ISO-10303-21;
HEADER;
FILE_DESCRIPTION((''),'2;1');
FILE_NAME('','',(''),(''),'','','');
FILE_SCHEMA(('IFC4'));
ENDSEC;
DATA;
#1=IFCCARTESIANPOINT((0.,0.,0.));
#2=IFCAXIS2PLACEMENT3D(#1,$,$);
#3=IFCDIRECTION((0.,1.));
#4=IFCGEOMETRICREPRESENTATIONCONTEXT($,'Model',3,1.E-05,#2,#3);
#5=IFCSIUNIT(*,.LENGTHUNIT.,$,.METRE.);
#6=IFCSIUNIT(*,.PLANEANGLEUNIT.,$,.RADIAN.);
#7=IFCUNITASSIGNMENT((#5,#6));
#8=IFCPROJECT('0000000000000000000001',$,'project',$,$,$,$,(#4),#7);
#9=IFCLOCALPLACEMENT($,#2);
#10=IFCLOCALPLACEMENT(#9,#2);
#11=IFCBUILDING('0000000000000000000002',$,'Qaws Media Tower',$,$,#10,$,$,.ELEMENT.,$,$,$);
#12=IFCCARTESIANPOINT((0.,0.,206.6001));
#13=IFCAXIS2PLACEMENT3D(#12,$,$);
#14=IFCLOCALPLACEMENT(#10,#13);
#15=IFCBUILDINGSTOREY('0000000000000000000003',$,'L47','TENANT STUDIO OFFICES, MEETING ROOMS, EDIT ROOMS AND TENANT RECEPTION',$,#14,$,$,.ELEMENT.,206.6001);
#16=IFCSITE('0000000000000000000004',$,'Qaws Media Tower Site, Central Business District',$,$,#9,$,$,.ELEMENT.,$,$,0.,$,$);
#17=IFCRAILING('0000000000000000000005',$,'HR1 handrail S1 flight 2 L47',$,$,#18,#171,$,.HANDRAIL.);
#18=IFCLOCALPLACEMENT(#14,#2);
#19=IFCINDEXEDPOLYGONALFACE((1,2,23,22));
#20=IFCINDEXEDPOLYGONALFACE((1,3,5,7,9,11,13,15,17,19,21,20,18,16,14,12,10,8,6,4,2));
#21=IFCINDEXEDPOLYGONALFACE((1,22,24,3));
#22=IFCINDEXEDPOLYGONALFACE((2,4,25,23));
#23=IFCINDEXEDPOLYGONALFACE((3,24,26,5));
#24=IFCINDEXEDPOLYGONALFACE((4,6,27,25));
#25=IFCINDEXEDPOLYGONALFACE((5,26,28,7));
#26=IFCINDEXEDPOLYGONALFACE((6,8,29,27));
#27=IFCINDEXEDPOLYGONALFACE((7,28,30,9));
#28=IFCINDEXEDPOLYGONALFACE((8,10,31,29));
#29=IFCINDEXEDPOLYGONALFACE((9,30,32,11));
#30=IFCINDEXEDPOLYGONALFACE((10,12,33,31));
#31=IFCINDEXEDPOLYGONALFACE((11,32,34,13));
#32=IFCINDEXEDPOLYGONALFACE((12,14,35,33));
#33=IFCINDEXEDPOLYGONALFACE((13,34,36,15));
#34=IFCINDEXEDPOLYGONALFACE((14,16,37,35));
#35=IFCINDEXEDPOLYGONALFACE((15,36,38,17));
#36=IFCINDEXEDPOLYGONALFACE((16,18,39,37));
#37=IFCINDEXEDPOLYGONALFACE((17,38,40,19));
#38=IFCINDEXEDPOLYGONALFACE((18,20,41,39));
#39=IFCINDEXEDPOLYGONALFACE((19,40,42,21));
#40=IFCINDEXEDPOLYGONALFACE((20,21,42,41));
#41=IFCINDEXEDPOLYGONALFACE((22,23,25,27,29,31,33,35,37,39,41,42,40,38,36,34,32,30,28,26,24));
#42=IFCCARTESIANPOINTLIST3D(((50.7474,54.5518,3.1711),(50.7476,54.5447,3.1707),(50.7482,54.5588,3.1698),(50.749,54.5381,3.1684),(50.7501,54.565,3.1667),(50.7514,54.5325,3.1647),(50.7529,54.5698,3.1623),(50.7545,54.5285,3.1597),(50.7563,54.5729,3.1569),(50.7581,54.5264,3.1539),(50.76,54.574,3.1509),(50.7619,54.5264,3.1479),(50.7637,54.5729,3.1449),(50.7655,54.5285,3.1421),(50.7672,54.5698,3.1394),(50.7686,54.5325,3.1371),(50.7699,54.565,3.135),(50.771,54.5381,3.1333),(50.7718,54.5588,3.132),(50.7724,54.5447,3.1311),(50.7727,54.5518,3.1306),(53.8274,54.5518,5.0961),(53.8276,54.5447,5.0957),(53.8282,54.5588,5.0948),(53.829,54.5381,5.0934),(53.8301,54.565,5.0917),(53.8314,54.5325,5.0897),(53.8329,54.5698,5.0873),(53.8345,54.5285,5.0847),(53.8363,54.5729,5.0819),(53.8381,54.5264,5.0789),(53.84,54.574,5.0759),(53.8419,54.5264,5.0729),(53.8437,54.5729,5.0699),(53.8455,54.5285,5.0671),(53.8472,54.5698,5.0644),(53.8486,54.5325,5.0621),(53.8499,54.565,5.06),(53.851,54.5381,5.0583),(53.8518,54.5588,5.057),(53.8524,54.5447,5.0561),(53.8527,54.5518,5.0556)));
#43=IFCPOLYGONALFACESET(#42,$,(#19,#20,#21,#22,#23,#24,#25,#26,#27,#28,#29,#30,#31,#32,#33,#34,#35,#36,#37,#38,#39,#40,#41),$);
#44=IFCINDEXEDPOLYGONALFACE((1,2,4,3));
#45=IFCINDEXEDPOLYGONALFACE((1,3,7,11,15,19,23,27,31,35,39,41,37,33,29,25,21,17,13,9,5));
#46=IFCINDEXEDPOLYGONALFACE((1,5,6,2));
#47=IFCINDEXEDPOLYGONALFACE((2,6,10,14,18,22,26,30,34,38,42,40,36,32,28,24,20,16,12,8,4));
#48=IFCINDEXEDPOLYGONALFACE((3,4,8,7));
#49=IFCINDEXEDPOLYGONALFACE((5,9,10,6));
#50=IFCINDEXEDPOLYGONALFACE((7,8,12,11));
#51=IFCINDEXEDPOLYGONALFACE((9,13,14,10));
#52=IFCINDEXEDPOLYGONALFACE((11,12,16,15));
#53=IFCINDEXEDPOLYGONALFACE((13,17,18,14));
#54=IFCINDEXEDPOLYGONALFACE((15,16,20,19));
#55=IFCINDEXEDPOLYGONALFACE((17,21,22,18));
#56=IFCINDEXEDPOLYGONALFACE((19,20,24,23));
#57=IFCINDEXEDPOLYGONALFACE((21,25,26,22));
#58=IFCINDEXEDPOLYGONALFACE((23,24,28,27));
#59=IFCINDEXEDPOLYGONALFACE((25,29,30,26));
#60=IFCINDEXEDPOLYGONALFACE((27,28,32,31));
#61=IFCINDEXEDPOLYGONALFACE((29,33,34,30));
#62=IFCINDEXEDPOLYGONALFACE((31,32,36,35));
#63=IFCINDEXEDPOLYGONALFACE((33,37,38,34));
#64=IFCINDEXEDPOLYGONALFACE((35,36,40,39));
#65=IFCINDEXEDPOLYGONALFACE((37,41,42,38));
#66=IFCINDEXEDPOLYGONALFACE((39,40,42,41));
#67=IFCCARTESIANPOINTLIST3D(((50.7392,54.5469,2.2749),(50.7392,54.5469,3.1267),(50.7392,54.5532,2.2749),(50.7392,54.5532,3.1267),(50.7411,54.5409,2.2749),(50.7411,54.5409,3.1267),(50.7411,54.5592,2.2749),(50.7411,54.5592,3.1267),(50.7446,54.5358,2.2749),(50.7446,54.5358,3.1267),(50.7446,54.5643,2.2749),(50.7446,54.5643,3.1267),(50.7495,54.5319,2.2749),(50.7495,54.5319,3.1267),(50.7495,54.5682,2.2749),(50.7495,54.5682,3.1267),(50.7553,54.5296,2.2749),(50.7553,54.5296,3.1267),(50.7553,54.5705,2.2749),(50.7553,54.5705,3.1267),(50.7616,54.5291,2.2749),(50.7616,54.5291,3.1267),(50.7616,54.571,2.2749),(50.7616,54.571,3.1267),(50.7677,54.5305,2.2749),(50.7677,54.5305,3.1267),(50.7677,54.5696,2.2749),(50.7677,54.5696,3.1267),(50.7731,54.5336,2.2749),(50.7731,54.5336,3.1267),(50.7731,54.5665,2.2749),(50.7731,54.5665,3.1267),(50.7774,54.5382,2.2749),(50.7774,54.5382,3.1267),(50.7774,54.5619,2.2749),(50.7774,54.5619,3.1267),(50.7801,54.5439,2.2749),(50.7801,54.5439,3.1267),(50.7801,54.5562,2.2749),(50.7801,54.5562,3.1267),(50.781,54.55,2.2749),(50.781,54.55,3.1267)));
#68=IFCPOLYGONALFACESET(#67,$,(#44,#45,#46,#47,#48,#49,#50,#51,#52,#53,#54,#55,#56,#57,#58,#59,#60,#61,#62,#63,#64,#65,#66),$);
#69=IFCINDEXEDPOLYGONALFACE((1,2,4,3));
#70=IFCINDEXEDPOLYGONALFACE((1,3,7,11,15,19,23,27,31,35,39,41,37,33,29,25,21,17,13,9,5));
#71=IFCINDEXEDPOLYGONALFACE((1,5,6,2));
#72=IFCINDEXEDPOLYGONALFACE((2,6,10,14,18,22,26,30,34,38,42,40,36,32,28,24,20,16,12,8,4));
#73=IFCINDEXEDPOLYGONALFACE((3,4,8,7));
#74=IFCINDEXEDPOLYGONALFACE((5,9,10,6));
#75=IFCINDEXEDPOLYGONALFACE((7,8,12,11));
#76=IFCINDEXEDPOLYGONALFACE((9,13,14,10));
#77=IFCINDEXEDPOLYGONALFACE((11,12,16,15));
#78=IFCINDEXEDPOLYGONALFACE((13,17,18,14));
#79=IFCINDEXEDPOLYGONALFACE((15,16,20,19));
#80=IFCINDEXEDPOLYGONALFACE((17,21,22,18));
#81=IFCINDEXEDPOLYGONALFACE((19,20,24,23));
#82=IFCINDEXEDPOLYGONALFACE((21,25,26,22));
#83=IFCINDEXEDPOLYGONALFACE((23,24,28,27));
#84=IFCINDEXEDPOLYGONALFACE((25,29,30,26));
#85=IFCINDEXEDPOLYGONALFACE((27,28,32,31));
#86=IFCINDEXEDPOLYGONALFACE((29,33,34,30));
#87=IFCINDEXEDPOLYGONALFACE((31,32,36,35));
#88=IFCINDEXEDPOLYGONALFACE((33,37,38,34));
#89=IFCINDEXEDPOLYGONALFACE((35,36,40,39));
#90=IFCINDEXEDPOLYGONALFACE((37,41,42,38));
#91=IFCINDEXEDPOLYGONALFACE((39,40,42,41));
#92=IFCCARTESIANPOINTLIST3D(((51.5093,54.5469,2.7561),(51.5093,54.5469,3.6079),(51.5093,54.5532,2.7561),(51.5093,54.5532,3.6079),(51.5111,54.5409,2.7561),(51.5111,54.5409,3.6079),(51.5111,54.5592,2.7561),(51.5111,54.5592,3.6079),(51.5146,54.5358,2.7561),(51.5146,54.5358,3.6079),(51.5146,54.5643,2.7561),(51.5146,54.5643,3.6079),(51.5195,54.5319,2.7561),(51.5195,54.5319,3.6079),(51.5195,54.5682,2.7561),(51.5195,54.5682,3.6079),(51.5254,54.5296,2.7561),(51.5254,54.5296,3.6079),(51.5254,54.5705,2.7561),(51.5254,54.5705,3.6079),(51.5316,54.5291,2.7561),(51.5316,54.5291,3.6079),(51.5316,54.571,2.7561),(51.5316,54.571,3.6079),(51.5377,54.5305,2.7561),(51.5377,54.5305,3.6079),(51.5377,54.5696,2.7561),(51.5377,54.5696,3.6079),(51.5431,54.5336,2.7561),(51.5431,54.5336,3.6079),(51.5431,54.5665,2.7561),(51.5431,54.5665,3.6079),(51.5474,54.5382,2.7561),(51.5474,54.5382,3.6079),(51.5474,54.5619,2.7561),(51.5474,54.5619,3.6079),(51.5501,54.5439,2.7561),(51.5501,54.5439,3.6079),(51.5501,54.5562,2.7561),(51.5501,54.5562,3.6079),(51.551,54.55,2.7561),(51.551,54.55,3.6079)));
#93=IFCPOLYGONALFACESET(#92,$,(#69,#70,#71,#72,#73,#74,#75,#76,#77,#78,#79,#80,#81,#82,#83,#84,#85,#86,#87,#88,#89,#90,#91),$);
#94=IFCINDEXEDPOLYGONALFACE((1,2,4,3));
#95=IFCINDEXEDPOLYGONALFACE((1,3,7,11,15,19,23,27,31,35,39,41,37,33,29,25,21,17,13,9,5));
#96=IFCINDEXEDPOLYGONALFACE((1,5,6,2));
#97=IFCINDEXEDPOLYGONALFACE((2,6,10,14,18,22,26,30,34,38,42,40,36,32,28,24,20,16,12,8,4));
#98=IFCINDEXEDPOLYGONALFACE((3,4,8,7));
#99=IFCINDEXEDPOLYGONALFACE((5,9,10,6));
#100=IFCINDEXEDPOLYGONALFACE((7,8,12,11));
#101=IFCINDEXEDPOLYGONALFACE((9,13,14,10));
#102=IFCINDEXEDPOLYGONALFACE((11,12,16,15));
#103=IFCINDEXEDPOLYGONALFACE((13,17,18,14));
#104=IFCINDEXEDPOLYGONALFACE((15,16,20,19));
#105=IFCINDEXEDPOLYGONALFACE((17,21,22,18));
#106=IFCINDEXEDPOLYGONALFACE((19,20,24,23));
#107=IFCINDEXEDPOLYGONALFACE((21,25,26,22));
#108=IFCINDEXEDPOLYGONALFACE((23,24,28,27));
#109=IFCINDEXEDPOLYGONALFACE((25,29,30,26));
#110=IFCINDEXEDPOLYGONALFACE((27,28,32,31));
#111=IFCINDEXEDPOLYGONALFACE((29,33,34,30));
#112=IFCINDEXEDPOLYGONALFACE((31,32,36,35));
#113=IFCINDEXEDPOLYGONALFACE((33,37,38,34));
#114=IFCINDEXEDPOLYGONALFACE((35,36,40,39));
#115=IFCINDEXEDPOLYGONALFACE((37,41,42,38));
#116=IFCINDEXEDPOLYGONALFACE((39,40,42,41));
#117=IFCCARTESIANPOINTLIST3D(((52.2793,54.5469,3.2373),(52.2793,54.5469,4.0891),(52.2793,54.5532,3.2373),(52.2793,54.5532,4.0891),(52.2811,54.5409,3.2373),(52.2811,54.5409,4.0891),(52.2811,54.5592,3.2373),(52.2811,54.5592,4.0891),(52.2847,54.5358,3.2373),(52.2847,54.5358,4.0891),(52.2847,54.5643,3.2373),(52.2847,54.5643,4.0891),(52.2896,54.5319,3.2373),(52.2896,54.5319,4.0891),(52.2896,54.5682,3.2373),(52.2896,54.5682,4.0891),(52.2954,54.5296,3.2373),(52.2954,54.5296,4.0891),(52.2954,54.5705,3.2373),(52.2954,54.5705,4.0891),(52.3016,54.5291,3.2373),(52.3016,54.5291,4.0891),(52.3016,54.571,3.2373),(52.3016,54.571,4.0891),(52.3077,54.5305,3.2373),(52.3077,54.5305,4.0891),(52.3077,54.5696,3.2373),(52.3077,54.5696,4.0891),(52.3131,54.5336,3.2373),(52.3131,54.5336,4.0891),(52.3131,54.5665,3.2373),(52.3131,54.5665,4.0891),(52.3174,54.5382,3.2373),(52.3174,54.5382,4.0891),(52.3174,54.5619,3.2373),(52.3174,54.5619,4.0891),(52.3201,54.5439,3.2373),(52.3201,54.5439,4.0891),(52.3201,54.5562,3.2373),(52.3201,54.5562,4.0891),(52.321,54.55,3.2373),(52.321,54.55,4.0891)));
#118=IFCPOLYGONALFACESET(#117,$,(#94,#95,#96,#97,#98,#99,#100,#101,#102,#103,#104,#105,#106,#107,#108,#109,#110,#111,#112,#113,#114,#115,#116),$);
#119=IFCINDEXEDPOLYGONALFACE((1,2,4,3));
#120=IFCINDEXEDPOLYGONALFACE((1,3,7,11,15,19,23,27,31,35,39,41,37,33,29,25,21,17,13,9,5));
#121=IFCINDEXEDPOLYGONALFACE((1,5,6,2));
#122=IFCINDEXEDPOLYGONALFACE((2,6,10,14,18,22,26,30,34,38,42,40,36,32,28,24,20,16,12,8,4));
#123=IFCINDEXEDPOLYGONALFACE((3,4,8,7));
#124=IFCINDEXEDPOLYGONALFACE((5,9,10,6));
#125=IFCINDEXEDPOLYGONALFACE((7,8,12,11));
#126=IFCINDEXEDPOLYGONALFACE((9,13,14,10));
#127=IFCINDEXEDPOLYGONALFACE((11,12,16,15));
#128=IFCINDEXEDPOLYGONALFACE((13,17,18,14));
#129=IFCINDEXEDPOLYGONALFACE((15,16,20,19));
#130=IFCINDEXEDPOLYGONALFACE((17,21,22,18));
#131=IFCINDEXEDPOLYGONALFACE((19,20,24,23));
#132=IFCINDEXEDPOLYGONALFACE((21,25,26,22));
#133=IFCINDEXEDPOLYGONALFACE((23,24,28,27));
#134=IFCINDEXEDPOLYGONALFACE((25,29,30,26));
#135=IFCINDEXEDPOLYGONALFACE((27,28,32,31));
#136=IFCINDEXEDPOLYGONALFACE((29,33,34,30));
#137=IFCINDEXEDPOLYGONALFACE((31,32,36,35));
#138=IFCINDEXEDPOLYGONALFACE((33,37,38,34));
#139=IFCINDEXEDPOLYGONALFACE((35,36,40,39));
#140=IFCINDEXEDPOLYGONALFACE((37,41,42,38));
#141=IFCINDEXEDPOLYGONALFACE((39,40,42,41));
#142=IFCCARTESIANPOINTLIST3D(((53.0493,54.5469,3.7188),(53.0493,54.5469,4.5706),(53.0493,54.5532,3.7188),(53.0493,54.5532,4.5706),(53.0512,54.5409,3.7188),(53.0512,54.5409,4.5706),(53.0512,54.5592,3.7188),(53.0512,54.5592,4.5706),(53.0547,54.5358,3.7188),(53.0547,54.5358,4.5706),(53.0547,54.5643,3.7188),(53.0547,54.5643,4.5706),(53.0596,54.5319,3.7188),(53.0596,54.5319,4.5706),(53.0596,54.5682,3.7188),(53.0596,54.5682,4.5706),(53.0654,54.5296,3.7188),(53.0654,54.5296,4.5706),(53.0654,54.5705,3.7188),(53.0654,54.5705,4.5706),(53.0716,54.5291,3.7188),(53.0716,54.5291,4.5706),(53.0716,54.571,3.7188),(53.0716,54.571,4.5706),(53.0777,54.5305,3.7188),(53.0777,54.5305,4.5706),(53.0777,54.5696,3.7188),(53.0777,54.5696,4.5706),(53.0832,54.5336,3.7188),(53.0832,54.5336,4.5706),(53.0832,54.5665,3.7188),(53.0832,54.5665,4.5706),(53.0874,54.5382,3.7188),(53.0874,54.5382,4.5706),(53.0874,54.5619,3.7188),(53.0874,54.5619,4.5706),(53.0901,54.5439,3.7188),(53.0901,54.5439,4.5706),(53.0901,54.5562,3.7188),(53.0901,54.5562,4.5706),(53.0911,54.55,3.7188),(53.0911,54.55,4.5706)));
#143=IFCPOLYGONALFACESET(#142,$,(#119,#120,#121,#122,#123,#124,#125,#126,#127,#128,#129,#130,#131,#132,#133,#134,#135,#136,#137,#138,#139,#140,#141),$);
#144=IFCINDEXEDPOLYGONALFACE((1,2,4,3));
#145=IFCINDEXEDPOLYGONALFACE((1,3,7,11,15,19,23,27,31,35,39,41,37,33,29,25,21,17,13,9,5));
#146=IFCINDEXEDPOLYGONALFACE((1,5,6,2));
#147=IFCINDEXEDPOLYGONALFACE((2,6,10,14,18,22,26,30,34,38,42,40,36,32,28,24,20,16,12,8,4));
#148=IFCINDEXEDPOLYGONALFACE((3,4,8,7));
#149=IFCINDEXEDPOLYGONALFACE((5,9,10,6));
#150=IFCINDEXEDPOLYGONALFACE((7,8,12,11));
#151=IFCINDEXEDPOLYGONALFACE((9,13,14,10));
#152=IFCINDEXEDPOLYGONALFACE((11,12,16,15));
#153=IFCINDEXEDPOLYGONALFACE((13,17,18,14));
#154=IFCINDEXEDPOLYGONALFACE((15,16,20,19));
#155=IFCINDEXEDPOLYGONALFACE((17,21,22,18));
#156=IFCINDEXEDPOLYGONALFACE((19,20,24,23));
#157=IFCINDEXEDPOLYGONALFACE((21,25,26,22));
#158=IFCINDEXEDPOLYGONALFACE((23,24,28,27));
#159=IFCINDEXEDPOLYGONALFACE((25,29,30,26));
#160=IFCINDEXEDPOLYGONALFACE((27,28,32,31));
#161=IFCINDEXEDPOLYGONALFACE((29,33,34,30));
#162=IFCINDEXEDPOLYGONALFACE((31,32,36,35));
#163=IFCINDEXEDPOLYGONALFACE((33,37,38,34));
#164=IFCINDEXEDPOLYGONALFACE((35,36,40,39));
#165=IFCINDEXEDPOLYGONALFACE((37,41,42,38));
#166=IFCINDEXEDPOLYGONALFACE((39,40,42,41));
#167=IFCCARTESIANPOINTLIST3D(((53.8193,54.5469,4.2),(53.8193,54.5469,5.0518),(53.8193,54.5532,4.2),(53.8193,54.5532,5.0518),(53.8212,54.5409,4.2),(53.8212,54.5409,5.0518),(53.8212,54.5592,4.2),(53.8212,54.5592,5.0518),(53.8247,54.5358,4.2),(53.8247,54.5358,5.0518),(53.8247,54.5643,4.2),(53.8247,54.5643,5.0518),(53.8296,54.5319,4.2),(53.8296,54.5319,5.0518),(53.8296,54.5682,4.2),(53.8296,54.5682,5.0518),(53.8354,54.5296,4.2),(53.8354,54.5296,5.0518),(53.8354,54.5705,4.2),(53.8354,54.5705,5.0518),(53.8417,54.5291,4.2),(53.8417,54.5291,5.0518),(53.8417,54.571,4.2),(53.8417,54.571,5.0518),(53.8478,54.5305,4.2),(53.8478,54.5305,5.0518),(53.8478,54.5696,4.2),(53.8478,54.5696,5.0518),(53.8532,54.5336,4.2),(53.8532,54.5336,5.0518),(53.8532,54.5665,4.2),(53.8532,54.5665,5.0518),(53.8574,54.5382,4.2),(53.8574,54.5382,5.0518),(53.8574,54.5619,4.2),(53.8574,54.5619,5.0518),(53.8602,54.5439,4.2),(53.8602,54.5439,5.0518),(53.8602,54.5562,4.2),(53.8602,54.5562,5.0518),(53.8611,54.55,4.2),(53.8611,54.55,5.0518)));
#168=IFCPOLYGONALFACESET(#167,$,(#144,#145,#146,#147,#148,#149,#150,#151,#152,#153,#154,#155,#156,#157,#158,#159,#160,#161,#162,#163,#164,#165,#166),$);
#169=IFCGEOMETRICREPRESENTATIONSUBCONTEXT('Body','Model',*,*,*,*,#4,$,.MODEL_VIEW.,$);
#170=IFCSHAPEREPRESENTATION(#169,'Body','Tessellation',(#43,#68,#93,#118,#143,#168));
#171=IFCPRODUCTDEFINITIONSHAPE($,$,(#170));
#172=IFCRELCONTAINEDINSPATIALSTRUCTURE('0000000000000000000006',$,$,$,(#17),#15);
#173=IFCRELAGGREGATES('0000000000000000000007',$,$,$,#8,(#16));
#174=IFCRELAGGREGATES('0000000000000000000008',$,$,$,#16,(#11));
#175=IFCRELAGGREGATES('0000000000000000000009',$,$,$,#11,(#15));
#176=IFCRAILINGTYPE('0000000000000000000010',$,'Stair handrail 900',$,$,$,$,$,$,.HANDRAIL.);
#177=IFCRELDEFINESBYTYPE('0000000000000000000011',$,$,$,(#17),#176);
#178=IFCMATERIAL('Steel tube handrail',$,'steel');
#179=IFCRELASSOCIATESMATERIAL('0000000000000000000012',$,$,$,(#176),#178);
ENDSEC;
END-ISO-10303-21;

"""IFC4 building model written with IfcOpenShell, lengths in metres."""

from ifc_helpers import new_model, si_unit, direction, frame, origin, origin_2d, place, context, subcontext, project, spatial, circle, extrude, material, type_object, element, save


model = new_model("IFC4")

# Units and contexts
model_context = context("Model", 3, precision=1e-05, world=origin(), true_north=direction((0.0, 1.0)))
body_context = subcontext(model_context, "Body", "Model", "MODEL_VIEW")
ifc_project = project(units=[si_unit("LENGTHUNIT", "METRE"), si_unit("PLANEANGLEUNIT", "RADIAN")], contexts=[model_context])

# Site, building, storey
site_placement = place(None, origin())
site = spatial("IfcSite", under=ifc_project, at=site_placement, Name="Qaws Media Tower Site, Central Business District", CompositionType="ELEMENT", RefElevation=0.0)
building_placement = place(site_placement, origin())
building = spatial("IfcBuilding", under=site, at=building_placement, Name="Qaws Media Tower", CompositionType="ELEMENT")
storey_placement = place(building_placement, frame((0.0, 0.0, 206.6001)))
storey = spatial("IfcBuildingStorey", under=building, at=storey_placement, Name="L47", Description="TENANT STUDIO OFFICES, MEETING ROOMS, EDIT ROOMS AND TENANT RECEPTION", CompositionType="ELEMENT", Elevation=206.6001)

# Railing
ifc_material_1 = material(Name="Steel tube handrail", Category="steel")
railing_type = type_object("IfcRailingType", Name="Stair handrail 900", PredefinedType="HANDRAIL", material=ifc_material_1)
for number, where, name in (
    (1, (50.76, 54.55, 2.2749), "HR1 handrail S1 flight 2 L47"),
):
    element("IfcRailing", number, at=place(storey_placement, frame(where)), inside=storey, type_object=railing_type, Name=name, PredefinedType="HANDRAIL", context=body_context, shape_type="SweptSolid", body=[
        extrude(circle(Radius=0.0239, at=origin_2d()), frame((0.0, 0.0, 0.876), z_axis=(0.847998, 0.0, 0.529999), x_axis=(0.0, 1.0, 0.0)), (0.0, 0.0, 1.0), 3.6321),
        extrude(circle(Radius=0.021, at=origin_2d()), origin(), (0.0, 0.0, 1.0), 0.8518),
        extrude(circle(Radius=0.021, at=origin_2d()), frame((0.77, 0.0, 0.4812)), (0.0, 0.0, 1.0), 0.8518),
        extrude(circle(Radius=0.021, at=origin_2d()), frame((1.54, 0.0, 0.9624)), (0.0, 0.0, 1.0), 0.8518),
        extrude(circle(Radius=0.021, at=origin_2d()), frame((2.3101, 0.0, 1.4438)), (0.0, 0.0, 1.0), 0.8518),
        extrude(circle(Radius=0.021, at=origin_2d()), frame((3.0801, 0.0, 1.925)), (0.0, 0.0, 1.0), 0.8518),
    ])

save(model, "model.ifc")
